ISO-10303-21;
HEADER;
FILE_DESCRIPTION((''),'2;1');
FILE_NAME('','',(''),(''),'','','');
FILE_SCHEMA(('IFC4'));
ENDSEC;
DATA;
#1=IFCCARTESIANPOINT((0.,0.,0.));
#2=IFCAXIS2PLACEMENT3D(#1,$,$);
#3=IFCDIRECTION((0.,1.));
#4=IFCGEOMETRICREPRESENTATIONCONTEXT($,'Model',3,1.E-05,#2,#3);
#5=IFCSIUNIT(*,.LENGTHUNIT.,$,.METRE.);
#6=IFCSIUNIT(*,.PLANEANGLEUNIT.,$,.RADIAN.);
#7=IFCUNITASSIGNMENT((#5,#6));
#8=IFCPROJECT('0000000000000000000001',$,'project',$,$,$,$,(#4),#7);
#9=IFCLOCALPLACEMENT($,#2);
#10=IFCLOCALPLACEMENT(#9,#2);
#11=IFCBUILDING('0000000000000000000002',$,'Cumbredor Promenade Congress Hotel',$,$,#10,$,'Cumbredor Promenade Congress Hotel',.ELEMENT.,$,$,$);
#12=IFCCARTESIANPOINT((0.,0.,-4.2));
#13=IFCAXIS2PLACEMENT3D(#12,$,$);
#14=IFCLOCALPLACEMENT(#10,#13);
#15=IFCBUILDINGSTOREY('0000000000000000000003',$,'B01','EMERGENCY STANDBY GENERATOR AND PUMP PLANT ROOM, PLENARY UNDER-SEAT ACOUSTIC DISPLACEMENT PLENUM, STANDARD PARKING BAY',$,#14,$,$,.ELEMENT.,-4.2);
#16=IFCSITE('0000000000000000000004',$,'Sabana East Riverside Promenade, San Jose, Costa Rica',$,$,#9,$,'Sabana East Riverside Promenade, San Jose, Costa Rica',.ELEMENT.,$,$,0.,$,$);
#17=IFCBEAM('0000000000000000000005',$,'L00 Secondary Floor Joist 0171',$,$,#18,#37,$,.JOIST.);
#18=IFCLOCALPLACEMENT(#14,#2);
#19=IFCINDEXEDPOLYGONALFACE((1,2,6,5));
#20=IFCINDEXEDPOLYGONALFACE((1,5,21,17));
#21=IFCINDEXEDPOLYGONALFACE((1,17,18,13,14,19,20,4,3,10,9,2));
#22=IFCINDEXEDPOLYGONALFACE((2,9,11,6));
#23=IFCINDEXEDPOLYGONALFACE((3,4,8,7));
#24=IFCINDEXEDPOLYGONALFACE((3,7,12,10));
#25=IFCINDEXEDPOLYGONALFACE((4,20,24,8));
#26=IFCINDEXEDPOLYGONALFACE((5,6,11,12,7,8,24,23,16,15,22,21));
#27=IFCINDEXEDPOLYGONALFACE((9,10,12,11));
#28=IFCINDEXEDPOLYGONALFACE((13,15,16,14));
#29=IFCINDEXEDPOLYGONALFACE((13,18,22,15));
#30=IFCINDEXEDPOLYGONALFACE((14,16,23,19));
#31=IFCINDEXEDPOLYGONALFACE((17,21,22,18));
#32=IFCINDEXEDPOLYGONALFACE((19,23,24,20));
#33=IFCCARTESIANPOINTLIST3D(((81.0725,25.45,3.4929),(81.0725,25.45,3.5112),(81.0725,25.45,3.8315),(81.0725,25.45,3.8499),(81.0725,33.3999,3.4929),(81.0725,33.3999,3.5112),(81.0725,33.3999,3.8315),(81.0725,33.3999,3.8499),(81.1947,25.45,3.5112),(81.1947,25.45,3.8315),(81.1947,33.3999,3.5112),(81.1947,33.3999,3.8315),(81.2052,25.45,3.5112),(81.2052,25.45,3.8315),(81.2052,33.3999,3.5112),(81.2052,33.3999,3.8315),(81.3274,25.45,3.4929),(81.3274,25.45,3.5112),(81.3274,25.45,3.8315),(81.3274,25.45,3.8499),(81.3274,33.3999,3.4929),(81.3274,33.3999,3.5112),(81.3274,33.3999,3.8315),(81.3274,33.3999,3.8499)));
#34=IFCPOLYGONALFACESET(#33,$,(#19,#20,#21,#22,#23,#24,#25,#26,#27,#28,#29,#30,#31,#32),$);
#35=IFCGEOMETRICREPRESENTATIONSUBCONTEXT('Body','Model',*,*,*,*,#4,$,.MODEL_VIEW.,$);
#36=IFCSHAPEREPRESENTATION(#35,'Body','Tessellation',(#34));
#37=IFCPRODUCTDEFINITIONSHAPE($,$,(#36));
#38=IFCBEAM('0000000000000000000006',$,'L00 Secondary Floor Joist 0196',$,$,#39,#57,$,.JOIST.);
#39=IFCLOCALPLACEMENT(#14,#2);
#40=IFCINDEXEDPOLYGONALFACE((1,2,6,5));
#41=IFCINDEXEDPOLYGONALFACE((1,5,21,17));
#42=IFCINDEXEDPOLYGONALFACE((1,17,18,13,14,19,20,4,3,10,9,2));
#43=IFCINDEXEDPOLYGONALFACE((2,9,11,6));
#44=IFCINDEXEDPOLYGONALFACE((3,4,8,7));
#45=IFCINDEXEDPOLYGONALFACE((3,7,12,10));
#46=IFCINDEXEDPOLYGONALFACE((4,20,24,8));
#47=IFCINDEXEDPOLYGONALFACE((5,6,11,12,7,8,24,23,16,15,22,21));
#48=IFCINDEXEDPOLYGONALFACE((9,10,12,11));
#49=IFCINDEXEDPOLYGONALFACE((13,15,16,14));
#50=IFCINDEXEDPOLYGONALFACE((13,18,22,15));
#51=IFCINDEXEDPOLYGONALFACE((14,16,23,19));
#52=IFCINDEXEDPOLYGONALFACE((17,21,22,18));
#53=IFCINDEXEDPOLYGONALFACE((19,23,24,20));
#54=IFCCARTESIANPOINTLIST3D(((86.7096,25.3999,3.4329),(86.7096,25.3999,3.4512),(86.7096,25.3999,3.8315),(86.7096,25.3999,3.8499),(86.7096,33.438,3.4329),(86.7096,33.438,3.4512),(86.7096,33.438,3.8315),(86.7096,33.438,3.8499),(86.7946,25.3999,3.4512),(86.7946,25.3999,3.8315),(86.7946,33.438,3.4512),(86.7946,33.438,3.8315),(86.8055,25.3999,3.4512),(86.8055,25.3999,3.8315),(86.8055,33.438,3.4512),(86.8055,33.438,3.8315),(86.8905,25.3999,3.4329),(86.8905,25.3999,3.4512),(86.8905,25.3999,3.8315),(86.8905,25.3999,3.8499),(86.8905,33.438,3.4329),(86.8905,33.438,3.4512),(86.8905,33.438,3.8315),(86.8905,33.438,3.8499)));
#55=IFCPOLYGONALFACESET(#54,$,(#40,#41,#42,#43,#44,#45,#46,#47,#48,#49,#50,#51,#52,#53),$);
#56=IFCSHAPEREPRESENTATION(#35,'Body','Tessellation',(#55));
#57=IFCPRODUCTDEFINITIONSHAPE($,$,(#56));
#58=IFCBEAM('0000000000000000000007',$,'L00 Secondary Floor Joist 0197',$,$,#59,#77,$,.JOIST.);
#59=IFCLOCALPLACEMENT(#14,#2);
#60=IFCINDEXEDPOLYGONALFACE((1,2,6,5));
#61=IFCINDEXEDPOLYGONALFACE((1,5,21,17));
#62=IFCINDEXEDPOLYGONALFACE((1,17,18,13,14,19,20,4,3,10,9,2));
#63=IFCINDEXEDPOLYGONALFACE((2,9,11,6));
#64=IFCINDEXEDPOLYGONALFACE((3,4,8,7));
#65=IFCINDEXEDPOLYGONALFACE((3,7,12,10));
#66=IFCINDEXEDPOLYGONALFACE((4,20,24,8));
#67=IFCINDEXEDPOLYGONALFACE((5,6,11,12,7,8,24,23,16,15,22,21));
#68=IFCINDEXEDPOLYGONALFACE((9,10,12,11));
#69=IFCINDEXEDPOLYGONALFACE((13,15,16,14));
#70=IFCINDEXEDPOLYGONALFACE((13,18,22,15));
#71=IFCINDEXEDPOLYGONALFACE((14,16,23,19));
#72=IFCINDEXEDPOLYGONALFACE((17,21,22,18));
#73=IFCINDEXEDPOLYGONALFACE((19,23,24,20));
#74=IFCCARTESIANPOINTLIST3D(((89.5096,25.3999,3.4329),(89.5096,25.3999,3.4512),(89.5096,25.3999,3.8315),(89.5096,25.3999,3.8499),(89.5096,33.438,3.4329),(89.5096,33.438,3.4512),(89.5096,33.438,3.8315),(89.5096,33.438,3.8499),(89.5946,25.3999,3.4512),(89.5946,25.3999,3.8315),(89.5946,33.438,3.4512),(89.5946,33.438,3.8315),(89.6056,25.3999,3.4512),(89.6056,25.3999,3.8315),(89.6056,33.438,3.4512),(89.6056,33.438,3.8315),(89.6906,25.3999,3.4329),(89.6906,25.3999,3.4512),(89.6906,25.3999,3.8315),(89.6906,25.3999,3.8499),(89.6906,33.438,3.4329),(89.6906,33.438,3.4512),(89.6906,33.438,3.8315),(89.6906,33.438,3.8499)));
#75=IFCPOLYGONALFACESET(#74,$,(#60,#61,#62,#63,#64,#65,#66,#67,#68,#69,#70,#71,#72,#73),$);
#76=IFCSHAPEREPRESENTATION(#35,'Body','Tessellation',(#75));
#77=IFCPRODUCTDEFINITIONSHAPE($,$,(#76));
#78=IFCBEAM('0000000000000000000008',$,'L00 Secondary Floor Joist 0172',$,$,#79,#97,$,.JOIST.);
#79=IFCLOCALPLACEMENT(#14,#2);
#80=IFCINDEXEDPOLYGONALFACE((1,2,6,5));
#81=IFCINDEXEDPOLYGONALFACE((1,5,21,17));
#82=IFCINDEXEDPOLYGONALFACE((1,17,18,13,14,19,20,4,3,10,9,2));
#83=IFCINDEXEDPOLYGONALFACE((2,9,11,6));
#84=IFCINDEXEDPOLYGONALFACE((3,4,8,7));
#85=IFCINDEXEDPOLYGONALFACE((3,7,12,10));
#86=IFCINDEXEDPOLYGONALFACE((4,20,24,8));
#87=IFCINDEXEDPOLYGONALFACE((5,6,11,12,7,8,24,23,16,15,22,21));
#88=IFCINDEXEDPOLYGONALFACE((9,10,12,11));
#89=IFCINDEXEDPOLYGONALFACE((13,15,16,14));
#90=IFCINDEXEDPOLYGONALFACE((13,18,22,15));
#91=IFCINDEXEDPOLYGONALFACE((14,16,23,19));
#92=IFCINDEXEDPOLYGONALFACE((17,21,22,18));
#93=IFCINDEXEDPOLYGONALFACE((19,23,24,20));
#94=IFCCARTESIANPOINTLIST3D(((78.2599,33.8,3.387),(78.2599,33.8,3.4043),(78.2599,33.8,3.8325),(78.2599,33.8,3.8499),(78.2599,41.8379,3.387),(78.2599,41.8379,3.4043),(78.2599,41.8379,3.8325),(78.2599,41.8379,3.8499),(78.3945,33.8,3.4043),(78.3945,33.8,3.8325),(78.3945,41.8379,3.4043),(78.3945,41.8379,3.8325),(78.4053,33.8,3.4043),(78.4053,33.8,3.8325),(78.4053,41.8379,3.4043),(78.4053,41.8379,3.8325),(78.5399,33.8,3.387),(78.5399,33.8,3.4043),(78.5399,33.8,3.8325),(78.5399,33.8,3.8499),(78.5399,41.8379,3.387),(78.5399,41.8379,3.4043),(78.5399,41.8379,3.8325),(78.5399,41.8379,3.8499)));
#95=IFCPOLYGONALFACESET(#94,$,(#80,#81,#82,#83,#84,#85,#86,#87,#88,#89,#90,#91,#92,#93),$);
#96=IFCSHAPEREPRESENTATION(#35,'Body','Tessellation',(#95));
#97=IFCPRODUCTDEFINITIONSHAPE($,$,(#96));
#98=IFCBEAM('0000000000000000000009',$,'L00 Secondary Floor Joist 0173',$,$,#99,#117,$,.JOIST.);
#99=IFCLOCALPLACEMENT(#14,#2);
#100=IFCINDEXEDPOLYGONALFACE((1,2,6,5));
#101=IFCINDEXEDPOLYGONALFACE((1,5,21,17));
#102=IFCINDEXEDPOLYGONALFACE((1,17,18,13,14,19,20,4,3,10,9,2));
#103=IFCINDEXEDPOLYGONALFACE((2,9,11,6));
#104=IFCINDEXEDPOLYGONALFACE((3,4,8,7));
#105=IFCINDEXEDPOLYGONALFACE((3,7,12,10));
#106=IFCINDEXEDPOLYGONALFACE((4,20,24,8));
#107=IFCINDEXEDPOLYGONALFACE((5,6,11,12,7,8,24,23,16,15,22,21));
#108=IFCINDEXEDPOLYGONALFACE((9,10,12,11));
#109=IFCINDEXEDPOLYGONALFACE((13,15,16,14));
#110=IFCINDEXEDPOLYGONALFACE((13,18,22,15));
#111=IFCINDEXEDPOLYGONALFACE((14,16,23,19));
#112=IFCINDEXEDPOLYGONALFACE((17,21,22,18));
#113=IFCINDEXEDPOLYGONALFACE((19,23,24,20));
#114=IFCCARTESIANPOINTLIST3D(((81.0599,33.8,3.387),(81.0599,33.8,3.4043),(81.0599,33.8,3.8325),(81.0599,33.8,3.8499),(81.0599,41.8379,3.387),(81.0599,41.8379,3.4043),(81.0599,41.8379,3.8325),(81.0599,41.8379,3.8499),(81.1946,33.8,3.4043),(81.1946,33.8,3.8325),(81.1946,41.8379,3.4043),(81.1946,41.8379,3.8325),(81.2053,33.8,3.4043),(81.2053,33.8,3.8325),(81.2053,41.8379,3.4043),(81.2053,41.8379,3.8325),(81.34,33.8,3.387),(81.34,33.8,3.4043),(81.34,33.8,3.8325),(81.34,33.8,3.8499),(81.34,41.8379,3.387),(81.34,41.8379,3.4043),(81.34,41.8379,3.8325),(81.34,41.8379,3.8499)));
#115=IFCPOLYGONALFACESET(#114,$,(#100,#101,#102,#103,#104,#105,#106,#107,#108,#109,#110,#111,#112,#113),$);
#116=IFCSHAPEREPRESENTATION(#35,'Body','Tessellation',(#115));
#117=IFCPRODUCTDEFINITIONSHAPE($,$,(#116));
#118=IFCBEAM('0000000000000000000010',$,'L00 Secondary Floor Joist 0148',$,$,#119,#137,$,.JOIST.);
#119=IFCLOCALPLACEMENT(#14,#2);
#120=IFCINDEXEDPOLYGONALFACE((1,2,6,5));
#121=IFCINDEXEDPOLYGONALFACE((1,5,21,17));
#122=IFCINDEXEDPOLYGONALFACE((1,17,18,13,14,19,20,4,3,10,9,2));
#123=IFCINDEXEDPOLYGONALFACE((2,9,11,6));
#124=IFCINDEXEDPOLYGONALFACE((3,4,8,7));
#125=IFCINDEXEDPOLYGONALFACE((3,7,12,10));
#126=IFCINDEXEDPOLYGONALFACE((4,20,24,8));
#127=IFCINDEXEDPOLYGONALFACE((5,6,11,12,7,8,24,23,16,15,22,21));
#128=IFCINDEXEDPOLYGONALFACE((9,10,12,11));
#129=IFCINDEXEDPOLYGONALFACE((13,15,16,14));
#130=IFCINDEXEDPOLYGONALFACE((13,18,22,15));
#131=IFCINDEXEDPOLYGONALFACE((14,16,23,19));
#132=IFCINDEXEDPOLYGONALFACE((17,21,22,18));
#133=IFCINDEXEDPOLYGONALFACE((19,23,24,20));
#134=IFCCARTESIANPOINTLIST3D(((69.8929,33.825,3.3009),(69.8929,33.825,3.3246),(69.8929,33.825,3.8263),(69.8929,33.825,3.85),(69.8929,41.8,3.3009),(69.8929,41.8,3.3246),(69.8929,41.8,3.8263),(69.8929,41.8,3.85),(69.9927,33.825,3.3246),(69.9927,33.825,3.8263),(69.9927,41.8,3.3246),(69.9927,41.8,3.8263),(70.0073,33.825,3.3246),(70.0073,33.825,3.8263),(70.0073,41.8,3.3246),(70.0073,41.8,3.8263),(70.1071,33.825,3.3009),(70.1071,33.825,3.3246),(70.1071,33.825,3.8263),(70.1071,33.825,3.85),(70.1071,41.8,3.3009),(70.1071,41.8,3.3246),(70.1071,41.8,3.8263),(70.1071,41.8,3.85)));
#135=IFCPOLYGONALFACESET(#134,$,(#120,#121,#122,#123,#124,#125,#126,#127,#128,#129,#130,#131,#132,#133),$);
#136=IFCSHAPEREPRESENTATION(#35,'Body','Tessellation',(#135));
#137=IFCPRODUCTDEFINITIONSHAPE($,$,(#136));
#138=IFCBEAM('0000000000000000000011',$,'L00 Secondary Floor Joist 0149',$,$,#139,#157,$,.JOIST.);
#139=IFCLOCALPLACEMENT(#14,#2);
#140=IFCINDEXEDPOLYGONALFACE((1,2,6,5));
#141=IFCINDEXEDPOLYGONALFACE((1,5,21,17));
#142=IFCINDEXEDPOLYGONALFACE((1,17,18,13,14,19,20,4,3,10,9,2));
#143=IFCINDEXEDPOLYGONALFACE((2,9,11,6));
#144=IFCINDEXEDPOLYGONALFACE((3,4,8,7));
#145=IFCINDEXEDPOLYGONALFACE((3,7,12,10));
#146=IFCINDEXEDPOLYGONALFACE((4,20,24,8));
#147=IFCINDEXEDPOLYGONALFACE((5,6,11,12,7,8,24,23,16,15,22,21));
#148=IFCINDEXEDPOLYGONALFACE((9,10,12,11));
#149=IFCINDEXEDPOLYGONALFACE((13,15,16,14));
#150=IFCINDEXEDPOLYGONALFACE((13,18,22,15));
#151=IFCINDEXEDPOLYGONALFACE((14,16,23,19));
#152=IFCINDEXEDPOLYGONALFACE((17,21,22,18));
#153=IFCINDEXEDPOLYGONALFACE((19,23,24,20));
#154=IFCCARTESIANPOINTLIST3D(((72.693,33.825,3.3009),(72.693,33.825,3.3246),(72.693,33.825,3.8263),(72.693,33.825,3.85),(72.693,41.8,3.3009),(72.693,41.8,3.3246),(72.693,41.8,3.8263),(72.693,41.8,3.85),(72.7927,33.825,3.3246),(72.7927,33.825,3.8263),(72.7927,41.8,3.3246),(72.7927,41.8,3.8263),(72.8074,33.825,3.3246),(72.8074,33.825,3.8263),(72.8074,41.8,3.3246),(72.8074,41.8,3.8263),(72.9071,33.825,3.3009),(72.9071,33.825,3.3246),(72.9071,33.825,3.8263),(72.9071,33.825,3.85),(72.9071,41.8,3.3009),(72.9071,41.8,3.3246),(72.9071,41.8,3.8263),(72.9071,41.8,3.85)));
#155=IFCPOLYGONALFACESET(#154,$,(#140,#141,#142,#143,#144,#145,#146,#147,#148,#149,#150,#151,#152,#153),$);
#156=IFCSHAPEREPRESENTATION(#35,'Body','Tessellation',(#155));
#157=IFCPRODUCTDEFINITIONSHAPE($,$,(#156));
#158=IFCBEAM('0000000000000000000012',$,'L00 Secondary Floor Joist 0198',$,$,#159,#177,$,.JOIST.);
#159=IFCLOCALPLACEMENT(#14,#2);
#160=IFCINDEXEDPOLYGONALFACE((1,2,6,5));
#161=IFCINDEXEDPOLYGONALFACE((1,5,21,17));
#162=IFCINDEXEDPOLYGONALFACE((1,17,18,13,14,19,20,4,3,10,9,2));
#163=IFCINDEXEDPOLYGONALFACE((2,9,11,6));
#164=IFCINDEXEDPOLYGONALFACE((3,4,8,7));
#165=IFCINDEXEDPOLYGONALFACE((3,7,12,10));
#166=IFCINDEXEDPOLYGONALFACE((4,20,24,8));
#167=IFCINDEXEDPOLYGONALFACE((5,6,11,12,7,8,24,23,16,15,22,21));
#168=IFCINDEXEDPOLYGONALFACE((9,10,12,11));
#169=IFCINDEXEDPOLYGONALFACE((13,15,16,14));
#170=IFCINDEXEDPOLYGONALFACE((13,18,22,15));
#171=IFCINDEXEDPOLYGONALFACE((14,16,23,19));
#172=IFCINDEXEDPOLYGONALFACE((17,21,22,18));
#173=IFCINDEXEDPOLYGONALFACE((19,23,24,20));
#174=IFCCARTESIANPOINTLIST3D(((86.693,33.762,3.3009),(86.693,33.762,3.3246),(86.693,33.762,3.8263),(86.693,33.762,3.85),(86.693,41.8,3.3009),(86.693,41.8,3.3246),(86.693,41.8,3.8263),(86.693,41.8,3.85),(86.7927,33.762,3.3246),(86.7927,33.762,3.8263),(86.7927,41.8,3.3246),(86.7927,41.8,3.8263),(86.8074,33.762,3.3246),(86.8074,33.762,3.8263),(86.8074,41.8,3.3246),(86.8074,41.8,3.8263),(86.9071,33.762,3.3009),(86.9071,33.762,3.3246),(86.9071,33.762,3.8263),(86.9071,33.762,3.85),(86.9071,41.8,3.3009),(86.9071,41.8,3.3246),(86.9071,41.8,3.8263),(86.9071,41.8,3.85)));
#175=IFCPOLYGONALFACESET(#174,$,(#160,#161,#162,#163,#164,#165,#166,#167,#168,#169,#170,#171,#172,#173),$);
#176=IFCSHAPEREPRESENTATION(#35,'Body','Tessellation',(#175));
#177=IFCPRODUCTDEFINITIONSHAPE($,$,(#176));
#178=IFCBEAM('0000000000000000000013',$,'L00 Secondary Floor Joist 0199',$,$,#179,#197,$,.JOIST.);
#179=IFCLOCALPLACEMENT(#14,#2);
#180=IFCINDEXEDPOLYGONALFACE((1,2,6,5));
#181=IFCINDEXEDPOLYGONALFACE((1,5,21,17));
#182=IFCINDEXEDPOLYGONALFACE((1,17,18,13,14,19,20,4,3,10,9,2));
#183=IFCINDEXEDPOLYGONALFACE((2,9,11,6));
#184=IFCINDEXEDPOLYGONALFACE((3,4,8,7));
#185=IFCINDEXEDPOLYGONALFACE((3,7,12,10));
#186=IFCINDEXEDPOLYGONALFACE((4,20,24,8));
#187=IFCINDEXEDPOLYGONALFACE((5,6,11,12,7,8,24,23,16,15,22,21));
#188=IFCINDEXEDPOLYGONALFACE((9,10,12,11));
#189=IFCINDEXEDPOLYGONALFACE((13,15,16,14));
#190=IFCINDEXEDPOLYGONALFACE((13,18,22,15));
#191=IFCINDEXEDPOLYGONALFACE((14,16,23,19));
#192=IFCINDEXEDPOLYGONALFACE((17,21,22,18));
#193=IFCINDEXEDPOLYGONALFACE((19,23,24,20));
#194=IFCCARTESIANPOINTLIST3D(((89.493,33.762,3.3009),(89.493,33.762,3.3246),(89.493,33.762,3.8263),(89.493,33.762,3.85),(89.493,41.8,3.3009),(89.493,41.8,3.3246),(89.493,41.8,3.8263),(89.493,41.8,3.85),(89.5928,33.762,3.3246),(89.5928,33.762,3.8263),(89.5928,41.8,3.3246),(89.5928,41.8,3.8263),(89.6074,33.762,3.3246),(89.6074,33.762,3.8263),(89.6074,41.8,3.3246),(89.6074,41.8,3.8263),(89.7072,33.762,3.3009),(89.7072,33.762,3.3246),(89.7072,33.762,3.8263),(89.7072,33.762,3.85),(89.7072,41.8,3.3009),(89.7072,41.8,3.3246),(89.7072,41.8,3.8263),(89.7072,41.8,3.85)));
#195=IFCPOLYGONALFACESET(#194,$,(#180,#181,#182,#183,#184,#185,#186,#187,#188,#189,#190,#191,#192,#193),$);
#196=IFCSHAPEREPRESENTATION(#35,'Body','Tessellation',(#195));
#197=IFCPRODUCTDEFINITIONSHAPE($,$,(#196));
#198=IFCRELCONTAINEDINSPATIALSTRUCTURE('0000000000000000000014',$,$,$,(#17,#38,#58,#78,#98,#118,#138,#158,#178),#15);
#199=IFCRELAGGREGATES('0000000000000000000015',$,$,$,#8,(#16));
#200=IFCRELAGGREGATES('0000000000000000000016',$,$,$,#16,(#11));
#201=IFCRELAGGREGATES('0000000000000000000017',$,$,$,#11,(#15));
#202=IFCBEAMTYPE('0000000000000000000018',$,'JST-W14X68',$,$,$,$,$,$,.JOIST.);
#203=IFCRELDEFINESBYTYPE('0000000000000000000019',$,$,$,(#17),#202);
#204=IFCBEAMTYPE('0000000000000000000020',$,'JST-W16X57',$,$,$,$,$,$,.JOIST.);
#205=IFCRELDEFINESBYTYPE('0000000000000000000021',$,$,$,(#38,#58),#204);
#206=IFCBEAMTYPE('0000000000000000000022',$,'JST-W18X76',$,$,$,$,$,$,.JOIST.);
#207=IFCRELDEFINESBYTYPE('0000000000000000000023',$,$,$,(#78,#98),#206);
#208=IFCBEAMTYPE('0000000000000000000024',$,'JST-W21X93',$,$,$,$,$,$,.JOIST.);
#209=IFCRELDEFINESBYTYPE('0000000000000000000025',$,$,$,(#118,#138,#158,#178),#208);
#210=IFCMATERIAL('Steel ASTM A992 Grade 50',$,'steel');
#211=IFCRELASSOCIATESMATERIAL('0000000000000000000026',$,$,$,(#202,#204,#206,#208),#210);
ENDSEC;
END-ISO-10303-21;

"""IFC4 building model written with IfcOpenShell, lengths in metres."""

from ifc_helpers import new_model, si_unit, direction, frame, origin, origin_2d, place, context, subcontext, project, spatial, i_section, extrude, material, material_profile, profile_set, type_object, element, save


model = new_model("IFC4")

# Units and contexts
model_context = context("Model", 3, precision=1e-05, world=origin(), true_north=direction((0.0, 1.0)))
body_context = subcontext(model_context, "Body", "Model", "MODEL_VIEW")
ifc_project = project(units=[si_unit("LENGTHUNIT", "METRE"), si_unit("PLANEANGLEUNIT", "RADIAN")], contexts=[model_context])

# Site, building, storey
site_placement = place(None, origin())
site = spatial("IfcSite", under=ifc_project, at=site_placement, Name="Sabana East Riverside Promenade, San Jose, Costa Rica", LongName="Sabana East Riverside Promenade, San Jose, Costa Rica", CompositionType="ELEMENT", RefElevation=0.0)
building_placement = place(site_placement, origin())
building = spatial("IfcBuilding", under=site, at=building_placement, Name="Cumbredor Promenade Congress Hotel", LongName="Cumbredor Promenade Congress Hotel", CompositionType="ELEMENT")
storey_placement = place(building_placement, frame((0.0, 0.0, -4.2)))
storey = spatial("IfcBuildingStorey", under=building, at=storey_placement, Name="B01", Description="EMERGENCY STANDBY GENERATOR AND PUMP PLANT ROOM, PLENARY UNDER-SEAT ACOUSTIC DISPLACEMENT PLENUM, STANDARD PARKING BAY", CompositionType="ELEMENT", Elevation=-4.2)

# Beams
ifc_material_1 = material(Name="Steel ASTM A992 Grade 50", Category="steel")
ifc_material_profile_1 = material_profile(ifc_material_1, i_section(OverallWidth=0.2549, OverallDepth=0.3569, WebThickness=0.0105, FlangeThickness=0.0183, at=origin_2d()), Name="W14X68")
ifc_profile_set_1 = profile_set([ifc_material_profile_1], Name="Steel ASTM A992 Grade 50")
beam_type_1 = type_object("IfcBeamType", Name="JST-W14X68", PredefinedType="JOIST", material=ifc_profile_set_1)
for number, where, z_axis, x_axis, name in (
    (1, (81.2, 25.45, 3.6714), (0.0, 1.0, 0.0), (-1.0, 0.0, 0.0), "L00 Secondary Floor Joist 0171"),
):
    element("IfcBeam", number, at=place(storey_placement, frame(where, z_axis=z_axis, x_axis=x_axis)), inside=storey, type_object=beam_type_1, Name=name, PredefinedType="JOIST", context=body_context, shape_type="SweptSolid", body=[
        extrude(i_section(OverallWidth=0.2549, OverallDepth=0.3569, WebThickness=0.0105, FlangeThickness=0.0183, at=origin_2d()), origin(), (0.0, 0.0, 1.0), 7.95),
    ])
ifc_material_profile_2 = material_profile(ifc_material_1, i_section(OverallWidth=0.1809, OverallDepth=0.417, WebThickness=0.011, FlangeThickness=0.0183, at=origin_2d()), Name="W16X57")
ifc_profile_set_2 = profile_set([ifc_material_profile_2], Name="Steel ASTM A992 Grade 50")
beam_type_2 = type_object("IfcBeamType", Name="JST-W16X57", PredefinedType="JOIST", material=ifc_profile_set_2)
for number, where, z_axis, x_axis, name in (
    (2, (86.8, 25.3999, 3.6414), (0.0, 1.0, 0.0), (-1.0, 0.0, 0.0), "L00 Secondary Floor Joist 0196"),
    (3, (89.6001, 25.3999, 3.6414), (0.0, 1.0, 0.0), (-1.0, 0.0, 0.0), "L00 Secondary Floor Joist 0197"),
):
    element("IfcBeam", number, at=place(storey_placement, frame(where, z_axis=z_axis, x_axis=x_axis)), inside=storey, type_object=beam_type_2, Name=name, PredefinedType="JOIST", context=body_context, shape_type="SweptSolid", body=[
        extrude(i_section(OverallWidth=0.1809, OverallDepth=0.417, WebThickness=0.011, FlangeThickness=0.0183, at=origin_2d()), origin(), (0.0, 0.0, 1.0), 8.0381),
    ])
ifc_material_profile_3 = material_profile(ifc_material_1, i_section(OverallWidth=0.28, OverallDepth=0.4629, WebThickness=0.0107, FlangeThickness=0.0173, at=origin_2d()), Name="W18X76")
ifc_profile_set_3 = profile_set([ifc_material_profile_3], Name="Steel ASTM A992 Grade 50")
beam_type_3 = type_object("IfcBeamType", Name="JST-W18X76", PredefinedType="JOIST", material=ifc_profile_set_3)
for number, where, z_axis, x_axis, name in (
    (4, (78.3999, 33.8, 3.6184), (0.0, 1.0, 0.0), (-1.0, 0.0, 0.0), "L00 Secondary Floor Joist 0172"),
    (5, (81.2, 33.8, 3.6184), (0.0, 1.0, 0.0), (-1.0, 0.0, 0.0), "L00 Secondary Floor Joist 0173"),
):
    element("IfcBeam", number, at=place(storey_placement, frame(where, z_axis=z_axis, x_axis=x_axis)), inside=storey, type_object=beam_type_3, Name=name, PredefinedType="JOIST", context=body_context, shape_type="SweptSolid", body=[
        extrude(i_section(OverallWidth=0.28, OverallDepth=0.4629, WebThickness=0.0107, FlangeThickness=0.0173, at=origin_2d()), origin(), (0.0, 0.0, 1.0), 8.0378),
    ])
ifc_material_profile_4 = material_profile(ifc_material_1, i_section(OverallWidth=0.2141, OverallDepth=0.5491, WebThickness=0.0146, FlangeThickness=0.0237, at=origin_2d()), Name="W21X93")
ifc_profile_set_4 = profile_set([ifc_material_profile_4], Name="Steel ASTM A992 Grade 50")
beam_type_4 = type_object("IfcBeamType", Name="JST-W21X93", PredefinedType="JOIST", material=ifc_profile_set_4)
for number, where, z_axis, x_axis, name in (
    (6, (70.0, 33.825, 3.5754), (0.0, 1.0, 0.0), (-1.0, 0.0, 0.0), "L00 Secondary Floor Joist 0148"),
    (7, (72.8, 33.825, 3.5754), (0.0, 1.0, 0.0), (-1.0, 0.0, 0.0), "L00 Secondary Floor Joist 0149"),
):
    element("IfcBeam", number, at=place(storey_placement, frame(where, z_axis=z_axis, x_axis=x_axis)), inside=storey, type_object=beam_type_4, Name=name, PredefinedType="JOIST", context=body_context, shape_type="SweptSolid", body=[
        extrude(i_section(OverallWidth=0.2141, OverallDepth=0.5491, WebThickness=0.0146, FlangeThickness=0.0237, at=origin_2d()), origin(), (0.0, 0.0, 1.0), 7.9751),
    ])
for number, where, z_axis, x_axis, name in (
    (8, (86.8, 33.762, 3.5754), (0.0, 1.0, 0.0), (-1.0, 0.0, 0.0), "L00 Secondary Floor Joist 0198"),
    (9, (89.6001, 33.762, 3.5754), (0.0, 1.0, 0.0), (-1.0, 0.0, 0.0), "L00 Secondary Floor Joist 0199"),
):
    element("IfcBeam", number, at=place(storey_placement, frame(where, z_axis=z_axis, x_axis=x_axis)), inside=storey, type_object=beam_type_4, Name=name, PredefinedType="JOIST", context=body_context, shape_type="SweptSolid", body=[
        extrude(i_section(OverallWidth=0.2141, OverallDepth=0.5491, WebThickness=0.0146, FlangeThickness=0.0237, at=origin_2d()), origin(), (0.0, 0.0, 1.0), 8.0381),
    ])

save(model, "model.ifc")
